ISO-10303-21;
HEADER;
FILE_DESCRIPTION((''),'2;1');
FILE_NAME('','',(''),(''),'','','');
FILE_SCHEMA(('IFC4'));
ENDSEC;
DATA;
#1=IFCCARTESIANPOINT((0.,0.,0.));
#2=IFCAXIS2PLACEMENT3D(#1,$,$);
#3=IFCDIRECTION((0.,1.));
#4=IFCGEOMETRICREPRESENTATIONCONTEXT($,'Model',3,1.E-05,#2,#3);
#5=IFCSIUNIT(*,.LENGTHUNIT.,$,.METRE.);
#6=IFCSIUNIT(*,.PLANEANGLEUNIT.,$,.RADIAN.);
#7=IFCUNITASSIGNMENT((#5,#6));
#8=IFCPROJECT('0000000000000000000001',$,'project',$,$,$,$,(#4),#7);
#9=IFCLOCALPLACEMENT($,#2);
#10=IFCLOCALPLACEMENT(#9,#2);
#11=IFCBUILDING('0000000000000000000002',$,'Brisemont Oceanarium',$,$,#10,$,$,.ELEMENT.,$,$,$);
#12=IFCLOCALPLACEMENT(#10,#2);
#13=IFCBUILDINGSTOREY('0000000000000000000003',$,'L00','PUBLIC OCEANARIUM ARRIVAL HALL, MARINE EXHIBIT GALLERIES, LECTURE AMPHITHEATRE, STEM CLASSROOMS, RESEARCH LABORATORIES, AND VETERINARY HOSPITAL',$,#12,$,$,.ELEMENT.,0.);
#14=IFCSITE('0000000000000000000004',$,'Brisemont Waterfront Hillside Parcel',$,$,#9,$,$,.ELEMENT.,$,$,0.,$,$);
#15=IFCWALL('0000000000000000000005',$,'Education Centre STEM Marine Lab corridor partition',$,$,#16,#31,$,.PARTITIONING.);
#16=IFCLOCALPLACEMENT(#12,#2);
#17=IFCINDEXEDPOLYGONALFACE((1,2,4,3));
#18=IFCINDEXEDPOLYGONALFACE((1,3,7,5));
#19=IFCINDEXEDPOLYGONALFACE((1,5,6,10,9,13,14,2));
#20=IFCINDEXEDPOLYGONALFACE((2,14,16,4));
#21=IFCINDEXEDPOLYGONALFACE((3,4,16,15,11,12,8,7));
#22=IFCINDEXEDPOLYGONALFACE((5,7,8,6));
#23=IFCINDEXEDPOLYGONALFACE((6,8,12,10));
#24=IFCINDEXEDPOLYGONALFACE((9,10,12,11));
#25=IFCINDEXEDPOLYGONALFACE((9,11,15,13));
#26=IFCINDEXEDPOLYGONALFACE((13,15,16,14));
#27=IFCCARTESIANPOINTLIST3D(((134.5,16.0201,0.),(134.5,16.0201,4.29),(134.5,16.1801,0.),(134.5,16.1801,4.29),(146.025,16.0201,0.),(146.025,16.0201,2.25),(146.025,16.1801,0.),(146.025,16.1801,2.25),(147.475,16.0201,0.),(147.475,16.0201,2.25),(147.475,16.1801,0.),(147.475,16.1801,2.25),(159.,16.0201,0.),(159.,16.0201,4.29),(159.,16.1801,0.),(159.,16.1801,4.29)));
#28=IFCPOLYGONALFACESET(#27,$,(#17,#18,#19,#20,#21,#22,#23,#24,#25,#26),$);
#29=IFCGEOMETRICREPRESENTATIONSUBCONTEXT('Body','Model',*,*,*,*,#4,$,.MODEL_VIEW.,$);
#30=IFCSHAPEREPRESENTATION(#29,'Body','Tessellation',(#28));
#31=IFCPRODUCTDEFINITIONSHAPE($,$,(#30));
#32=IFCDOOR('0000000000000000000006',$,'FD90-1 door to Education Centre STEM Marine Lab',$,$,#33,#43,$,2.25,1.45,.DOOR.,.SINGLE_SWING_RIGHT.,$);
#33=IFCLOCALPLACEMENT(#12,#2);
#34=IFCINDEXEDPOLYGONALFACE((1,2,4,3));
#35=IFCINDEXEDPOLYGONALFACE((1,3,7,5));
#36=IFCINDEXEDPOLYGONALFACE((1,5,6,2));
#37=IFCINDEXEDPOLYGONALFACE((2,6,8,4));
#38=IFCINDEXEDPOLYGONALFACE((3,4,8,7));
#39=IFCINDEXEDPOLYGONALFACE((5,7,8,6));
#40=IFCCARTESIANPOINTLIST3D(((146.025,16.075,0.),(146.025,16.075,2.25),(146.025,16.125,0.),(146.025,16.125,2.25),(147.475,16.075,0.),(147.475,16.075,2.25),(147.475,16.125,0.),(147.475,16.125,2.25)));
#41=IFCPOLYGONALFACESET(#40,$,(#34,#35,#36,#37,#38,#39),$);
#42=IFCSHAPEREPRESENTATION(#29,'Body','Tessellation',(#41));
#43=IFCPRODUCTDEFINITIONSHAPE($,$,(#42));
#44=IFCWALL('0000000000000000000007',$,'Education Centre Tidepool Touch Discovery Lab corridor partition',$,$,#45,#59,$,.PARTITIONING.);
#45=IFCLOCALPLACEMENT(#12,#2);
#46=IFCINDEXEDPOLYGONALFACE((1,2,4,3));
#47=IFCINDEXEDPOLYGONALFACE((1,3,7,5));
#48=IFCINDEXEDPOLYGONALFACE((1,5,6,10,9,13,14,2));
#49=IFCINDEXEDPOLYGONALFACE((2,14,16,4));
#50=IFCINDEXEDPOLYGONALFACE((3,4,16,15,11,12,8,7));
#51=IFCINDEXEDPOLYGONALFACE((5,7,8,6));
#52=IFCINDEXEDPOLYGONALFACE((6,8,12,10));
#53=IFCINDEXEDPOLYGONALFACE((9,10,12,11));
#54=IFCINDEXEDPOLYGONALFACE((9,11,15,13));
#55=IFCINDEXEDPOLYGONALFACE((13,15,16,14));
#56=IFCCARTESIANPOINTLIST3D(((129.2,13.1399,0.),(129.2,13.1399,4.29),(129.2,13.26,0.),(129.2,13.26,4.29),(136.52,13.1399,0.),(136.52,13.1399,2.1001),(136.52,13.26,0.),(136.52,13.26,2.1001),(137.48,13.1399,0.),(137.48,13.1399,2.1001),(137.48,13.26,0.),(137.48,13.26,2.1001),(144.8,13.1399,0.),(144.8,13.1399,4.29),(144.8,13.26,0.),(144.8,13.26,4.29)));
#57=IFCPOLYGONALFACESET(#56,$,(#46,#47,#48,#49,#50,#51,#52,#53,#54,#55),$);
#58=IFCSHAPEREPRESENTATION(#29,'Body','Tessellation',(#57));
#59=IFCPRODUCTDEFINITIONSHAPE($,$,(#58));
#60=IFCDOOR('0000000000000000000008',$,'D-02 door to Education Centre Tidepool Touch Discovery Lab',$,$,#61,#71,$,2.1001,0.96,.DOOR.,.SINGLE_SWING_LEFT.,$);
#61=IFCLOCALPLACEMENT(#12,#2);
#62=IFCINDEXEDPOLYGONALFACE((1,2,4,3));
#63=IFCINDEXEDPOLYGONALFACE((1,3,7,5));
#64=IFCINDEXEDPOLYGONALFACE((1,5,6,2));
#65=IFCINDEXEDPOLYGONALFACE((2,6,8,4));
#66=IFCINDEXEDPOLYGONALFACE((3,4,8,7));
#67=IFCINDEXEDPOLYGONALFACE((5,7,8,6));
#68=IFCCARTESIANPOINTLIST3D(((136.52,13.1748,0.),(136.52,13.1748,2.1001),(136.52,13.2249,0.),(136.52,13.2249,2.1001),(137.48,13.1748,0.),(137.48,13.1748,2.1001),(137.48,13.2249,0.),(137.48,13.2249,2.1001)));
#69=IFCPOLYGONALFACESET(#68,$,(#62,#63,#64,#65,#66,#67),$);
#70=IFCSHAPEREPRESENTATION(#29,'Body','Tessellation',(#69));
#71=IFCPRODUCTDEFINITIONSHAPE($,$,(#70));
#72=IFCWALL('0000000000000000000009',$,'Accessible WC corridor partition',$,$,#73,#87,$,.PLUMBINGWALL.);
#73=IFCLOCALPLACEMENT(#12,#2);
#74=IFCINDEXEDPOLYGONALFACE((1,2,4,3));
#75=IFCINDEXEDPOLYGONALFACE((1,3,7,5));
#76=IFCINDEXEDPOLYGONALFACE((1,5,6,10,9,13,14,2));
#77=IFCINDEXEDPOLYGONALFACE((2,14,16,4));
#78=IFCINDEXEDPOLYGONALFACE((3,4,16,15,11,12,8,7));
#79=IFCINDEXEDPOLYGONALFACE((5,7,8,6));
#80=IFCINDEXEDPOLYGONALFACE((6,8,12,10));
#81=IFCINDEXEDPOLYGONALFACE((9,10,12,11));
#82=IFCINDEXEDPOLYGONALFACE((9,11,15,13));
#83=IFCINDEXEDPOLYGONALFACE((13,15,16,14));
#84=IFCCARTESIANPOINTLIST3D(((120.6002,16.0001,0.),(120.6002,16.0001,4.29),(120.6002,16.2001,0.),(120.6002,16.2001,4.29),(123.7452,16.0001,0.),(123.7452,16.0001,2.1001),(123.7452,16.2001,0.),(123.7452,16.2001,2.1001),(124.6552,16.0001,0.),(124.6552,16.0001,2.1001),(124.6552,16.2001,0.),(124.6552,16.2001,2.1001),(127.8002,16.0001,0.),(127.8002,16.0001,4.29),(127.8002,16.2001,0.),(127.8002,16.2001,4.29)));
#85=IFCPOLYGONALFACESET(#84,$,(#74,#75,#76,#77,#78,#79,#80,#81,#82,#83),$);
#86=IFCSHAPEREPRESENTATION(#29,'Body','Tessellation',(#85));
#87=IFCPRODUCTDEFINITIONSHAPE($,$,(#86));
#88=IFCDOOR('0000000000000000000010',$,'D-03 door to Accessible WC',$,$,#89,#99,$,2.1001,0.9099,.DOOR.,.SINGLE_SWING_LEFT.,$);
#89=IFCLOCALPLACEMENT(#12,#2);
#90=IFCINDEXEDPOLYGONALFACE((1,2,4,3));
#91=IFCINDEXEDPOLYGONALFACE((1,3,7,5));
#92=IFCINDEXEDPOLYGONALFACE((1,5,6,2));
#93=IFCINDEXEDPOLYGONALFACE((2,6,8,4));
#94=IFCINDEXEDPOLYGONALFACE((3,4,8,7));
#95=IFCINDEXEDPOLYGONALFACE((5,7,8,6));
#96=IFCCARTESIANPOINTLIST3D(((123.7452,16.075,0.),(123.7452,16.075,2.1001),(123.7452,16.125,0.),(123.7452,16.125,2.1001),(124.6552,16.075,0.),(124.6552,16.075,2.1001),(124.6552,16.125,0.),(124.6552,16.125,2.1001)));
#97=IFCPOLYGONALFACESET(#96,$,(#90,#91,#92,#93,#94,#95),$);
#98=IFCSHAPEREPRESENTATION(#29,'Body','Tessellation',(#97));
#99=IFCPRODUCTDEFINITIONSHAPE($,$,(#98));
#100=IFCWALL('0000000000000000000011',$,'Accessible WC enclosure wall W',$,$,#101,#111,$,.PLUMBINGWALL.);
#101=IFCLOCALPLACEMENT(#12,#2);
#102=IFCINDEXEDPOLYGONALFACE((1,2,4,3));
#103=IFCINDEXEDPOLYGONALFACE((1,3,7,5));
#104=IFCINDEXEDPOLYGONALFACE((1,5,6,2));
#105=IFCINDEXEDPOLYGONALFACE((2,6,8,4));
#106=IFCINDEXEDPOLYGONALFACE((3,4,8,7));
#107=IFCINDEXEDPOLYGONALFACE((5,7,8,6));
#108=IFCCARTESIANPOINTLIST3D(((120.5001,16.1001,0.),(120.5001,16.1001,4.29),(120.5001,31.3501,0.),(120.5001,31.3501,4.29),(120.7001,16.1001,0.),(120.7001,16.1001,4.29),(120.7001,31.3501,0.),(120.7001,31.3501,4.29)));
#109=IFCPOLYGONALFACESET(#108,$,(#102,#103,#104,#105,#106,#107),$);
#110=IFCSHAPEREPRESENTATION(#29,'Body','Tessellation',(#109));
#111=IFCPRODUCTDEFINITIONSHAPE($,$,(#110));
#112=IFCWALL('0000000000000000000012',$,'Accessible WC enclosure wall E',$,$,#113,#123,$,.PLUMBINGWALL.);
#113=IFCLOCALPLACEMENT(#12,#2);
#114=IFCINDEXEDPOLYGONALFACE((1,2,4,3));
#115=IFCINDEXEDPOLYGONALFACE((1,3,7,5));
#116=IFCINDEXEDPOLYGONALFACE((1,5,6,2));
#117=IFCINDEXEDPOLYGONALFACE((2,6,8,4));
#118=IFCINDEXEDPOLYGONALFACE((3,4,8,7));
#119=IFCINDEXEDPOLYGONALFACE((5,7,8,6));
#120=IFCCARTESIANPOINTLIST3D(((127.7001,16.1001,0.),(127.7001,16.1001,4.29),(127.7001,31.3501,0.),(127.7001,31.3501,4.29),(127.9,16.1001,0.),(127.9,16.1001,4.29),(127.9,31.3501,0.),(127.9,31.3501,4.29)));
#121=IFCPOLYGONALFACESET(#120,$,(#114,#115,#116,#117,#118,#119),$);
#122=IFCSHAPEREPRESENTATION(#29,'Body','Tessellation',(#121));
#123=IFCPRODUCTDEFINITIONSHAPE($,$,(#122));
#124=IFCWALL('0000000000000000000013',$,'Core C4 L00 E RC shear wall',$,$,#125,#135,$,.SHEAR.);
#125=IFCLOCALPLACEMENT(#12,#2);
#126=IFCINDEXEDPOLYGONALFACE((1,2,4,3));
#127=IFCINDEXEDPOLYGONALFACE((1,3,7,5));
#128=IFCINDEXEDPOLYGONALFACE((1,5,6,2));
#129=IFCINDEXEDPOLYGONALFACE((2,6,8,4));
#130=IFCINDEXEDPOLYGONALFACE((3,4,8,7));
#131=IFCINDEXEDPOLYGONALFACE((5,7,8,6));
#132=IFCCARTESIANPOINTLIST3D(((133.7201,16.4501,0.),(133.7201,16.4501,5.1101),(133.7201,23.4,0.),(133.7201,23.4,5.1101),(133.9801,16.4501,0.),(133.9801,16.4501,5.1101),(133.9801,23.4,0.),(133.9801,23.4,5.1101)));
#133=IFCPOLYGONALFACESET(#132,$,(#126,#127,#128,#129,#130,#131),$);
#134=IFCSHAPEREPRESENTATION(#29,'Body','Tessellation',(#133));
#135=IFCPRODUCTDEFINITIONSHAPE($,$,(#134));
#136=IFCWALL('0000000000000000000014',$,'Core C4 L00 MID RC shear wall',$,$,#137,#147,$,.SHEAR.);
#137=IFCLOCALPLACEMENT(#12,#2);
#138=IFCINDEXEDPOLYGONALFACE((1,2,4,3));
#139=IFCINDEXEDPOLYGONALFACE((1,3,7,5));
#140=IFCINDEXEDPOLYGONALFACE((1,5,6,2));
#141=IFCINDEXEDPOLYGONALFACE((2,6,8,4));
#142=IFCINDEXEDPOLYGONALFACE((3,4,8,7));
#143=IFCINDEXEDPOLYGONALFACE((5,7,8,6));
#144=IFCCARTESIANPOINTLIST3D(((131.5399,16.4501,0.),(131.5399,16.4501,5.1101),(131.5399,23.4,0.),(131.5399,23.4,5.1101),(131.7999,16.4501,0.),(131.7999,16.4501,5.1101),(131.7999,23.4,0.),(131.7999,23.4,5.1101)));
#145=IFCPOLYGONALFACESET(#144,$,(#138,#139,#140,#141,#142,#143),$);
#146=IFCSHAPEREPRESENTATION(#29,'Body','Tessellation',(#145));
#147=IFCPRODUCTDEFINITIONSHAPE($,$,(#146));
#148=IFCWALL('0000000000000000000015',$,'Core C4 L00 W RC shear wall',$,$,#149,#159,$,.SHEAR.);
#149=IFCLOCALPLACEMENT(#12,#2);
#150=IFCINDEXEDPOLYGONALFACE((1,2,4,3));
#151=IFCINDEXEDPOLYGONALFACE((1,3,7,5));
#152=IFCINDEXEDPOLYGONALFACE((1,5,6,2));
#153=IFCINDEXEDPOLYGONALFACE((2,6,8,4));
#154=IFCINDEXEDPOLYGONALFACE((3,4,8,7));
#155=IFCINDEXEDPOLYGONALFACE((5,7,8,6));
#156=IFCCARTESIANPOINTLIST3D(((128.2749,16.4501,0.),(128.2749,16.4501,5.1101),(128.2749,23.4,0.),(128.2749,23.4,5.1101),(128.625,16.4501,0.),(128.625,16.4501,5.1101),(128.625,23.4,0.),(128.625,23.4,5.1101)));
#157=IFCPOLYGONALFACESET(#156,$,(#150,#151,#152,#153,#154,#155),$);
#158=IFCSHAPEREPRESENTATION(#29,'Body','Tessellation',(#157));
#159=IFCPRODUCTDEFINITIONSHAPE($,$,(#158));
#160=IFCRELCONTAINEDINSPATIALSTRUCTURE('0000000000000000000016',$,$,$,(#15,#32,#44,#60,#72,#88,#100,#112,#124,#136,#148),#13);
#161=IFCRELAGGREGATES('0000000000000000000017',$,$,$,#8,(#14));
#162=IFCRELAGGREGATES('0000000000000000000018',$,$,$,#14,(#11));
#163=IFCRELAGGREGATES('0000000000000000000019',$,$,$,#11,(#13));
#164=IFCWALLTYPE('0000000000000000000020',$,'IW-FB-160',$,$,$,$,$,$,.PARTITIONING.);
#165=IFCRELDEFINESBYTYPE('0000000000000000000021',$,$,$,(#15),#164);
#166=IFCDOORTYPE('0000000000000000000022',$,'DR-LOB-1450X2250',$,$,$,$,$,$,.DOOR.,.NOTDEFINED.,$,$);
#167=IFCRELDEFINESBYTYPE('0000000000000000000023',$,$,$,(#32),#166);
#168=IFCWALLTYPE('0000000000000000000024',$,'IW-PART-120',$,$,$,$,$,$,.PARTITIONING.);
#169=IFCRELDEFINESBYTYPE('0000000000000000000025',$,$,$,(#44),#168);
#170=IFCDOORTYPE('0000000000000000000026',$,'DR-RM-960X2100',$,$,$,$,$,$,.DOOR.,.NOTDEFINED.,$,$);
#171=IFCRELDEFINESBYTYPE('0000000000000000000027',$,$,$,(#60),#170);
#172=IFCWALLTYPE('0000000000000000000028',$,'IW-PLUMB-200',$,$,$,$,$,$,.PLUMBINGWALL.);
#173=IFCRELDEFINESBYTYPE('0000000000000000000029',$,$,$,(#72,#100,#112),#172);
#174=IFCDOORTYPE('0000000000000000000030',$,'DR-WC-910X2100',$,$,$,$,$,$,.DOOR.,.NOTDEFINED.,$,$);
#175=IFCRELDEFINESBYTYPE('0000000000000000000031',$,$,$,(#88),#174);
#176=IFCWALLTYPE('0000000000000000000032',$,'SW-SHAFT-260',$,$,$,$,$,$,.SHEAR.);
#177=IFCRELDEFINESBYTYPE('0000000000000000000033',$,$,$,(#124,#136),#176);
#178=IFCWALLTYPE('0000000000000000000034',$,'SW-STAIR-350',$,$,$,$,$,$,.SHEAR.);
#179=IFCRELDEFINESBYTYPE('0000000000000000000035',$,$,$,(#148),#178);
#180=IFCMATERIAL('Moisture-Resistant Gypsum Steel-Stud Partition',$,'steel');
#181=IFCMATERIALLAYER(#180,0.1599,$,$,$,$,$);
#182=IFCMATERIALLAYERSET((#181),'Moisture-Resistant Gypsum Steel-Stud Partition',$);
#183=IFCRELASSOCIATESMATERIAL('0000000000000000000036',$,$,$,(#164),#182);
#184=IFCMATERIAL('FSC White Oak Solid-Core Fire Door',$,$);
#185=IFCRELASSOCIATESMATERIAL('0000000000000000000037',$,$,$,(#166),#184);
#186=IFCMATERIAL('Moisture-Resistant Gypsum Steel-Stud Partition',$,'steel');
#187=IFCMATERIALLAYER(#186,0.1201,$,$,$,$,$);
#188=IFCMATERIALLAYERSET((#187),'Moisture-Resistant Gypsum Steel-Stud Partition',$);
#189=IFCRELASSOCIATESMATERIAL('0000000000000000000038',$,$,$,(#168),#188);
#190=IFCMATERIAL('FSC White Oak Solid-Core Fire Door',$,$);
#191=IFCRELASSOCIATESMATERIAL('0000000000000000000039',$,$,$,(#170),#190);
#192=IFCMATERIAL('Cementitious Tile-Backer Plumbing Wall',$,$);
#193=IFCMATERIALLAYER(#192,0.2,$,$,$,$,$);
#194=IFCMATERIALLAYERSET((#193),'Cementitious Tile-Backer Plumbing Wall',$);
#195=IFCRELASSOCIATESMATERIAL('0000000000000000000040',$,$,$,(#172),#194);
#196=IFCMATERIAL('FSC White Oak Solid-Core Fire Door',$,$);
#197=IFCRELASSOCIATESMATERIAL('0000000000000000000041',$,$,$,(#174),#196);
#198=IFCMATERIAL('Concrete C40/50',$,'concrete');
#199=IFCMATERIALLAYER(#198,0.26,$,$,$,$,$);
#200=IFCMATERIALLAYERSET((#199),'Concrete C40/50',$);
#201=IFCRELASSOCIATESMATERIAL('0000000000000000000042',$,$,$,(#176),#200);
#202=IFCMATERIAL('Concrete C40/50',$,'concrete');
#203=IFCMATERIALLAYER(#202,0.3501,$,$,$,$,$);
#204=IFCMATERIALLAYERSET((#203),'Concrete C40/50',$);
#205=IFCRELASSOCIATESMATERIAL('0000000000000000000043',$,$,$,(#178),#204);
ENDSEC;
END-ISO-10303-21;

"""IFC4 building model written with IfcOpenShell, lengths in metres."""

from ifc_helpers import new_model, si_unit, direction, frame, frame_2d, origin, place, context, subcontext, project, spatial, rectangle, extrude, material, layer, layer_set, type_object, element, fill, save


model = new_model("IFC4")

# Units and contexts
model_context = context("Model", 3, precision=1e-05, world=origin(), true_north=direction((0.0, 1.0)))
body_context = subcontext(model_context, "Body", "Model", "MODEL_VIEW")
ifc_project = project(units=[si_unit("LENGTHUNIT", "METRE"), si_unit("PLANEANGLEUNIT", "RADIAN")], contexts=[model_context])

# Site, building, storey
site_placement = place(None, origin())
site = spatial("IfcSite", under=ifc_project, at=site_placement, Name="Brisemont Waterfront Hillside Parcel", CompositionType="ELEMENT", RefElevation=0.0)
building_placement = place(site_placement, origin())
building = spatial("IfcBuilding", under=site, at=building_placement, Name="Brisemont Oceanarium", CompositionType="ELEMENT")
storey_placement = place(building_placement, origin())
storey = spatial("IfcBuildingStorey", under=building, at=storey_placement, Name="L00", Description="PUBLIC OCEANARIUM ARRIVAL HALL, MARINE EXHIBIT GALLERIES, LECTURE AMPHITHEATRE, STEM CLASSROOMS, RESEARCH LABORATORIES, AND VETERINARY HOSPITAL", CompositionType="ELEMENT", Elevation=0.0)

# Walls, openings, doors
ifc_material_1 = material(Name="Moisture-Resistant Gypsum Steel-Stud Partition", Category="steel")
ifc_layer_1 = layer(ifc_material_1, 0.1599)
ifc_layer_set_1 = layer_set([ifc_layer_1], Name="Moisture-Resistant Gypsum Steel-Stud Partition")
wall_type_1 = type_object("IfcWallType", Name="IW-FB-160", PredefinedType="PARTITIONING", material=ifc_layer_set_1)
wall_1_placement = place(storey_placement, frame((134.5, 16.1001, 0.0), z_axis=(0.0, 0.0, 1.0), x_axis=(1.0, 0.0, 0.0)))
wall_1 = element("IfcWall", 1, at=wall_1_placement, inside=storey, type_object=wall_type_1, Name="Education Centre STEM Marine Lab corridor partition", PredefinedType="PARTITIONING", context=body_context, shape_type="SweptSolid", body=[
    extrude(rectangle(XDim=24.5, YDim=0.1599, at=frame_2d((12.25, 0.0))), origin(), (0.0, 0.0, 1.0), 4.29),
])
opening_1_placement = place(wall_1_placement, frame((11.5249, 0.0, 0.0)))
opening_1 = element("IfcOpeningElement", 2, at=opening_1_placement, cuts=wall_1, PredefinedType="OPENING", context=body_context, shape_type="SweptSolid", body=[
    extrude(rectangle(XDim=1.45, YDim=2.25, at=frame_2d((0.7251, 1.125))), frame((0.0, 0.0898, 0.0), z_axis=(0.0, -1.0, 0.0), x_axis=(1.0, 0.0, 0.0)), (0.0, 0.0, 1.0), 0.1799),
])
ifc_material_2 = material(Name="FSC White Oak Solid-Core Fire Door")
door_type_1 = type_object("IfcDoorType", Name="DR-LOB-1450X2250", OperationType="NOTDEFINED", PredefinedType="DOOR", material=ifc_material_2)
door_1_placement = place(opening_1_placement, origin())
door_1 = element("IfcDoor", 3, at=door_1_placement, inside=storey, type_object=door_type_1, Name="FD90-1 door to Education Centre STEM Marine Lab", OperationType="SINGLE_SWING_RIGHT", OverallHeight=2.25, OverallWidth=1.45, PredefinedType="DOOR", context=body_context, shape_type="SweptSolid", body=[
    extrude(rectangle(XDim=1.45, YDim=2.25, at=frame_2d((0.7251, 1.125))), frame((0.0, 0.0249, 0.0), z_axis=(0.0, -1.0, 0.0), x_axis=(1.0, 0.0, 0.0)), (0.0, 0.0, 1.0), 0.05),
])
fill(opening_1, door_1)
ifc_material_3 = material(Name="Moisture-Resistant Gypsum Steel-Stud Partition", Category="steel")
ifc_layer_2 = layer(ifc_material_3, 0.1201)
ifc_layer_set_2 = layer_set([ifc_layer_2], Name="Moisture-Resistant Gypsum Steel-Stud Partition")
wall_type_2 = type_object("IfcWallType", Name="IW-PART-120", PredefinedType="PARTITIONING", material=ifc_layer_set_2)
wall_2_placement = place(storey_placement, frame((129.2, 13.2, 0.0), z_axis=(0.0, 0.0, 1.0), x_axis=(1.0, 0.0, 0.0)))
wall_2 = element("IfcWall", 4, at=wall_2_placement, inside=storey, type_object=wall_type_2, Name="Education Centre Tidepool Touch Discovery Lab corridor partition", PredefinedType="PARTITIONING", context=body_context, shape_type="SweptSolid", body=[
    extrude(rectangle(XDim=15.6001, YDim=0.1201, at=frame_2d((7.8, 0.0))), origin(), (0.0, 0.0, 1.0), 4.29),
])
opening_2_placement = place(wall_2_placement, frame((7.3201, 0.0, 0.0)))
opening_2 = element("IfcOpeningElement", 5, at=opening_2_placement, cuts=wall_2, PredefinedType="OPENING", context=body_context, shape_type="SweptSolid", body=[
    extrude(rectangle(XDim=0.96, YDim=2.1001, at=frame_2d((0.48, 1.05))), frame((0.0, 0.0701, 0.0), z_axis=(0.0, -1.0, 0.0), x_axis=(1.0, 0.0, 0.0)), (0.0, 0.0, 1.0), 0.1401),
])
ifc_material_4 = material(Name="FSC White Oak Solid-Core Fire Door")
door_type_2 = type_object("IfcDoorType", Name="DR-RM-960X2100", OperationType="NOTDEFINED", PredefinedType="DOOR", material=ifc_material_4)
door_2_placement = place(opening_2_placement, origin())
door_2 = element("IfcDoor", 6, at=door_2_placement, inside=storey, type_object=door_type_2, Name="D-02 door to Education Centre Tidepool Touch Discovery Lab", OperationType="SINGLE_SWING_LEFT", OverallHeight=2.1001, OverallWidth=0.96, PredefinedType="DOOR", context=body_context, shape_type="SweptSolid", body=[
    extrude(rectangle(XDim=0.96, YDim=2.1001, at=frame_2d((0.48, 1.05))), frame((0.0, 0.0249, 0.0), z_axis=(0.0, -1.0, 0.0), x_axis=(1.0, 0.0, 0.0)), (0.0, 0.0, 1.0), 0.05),
])
fill(opening_2, door_2)
ifc_material_5 = material(Name="Cementitious Tile-Backer Plumbing Wall")
ifc_layer_3 = layer(ifc_material_5, 0.2)
ifc_layer_set_3 = layer_set([ifc_layer_3], Name="Cementitious Tile-Backer Plumbing Wall")
wall_type_3 = type_object("IfcWallType", Name="IW-PLUMB-200", PredefinedType="PLUMBINGWALL", material=ifc_layer_set_3)
wall_3_placement = place(storey_placement, frame((120.6001, 16.1001, 0.0), z_axis=(0.0, 0.0, 1.0), x_axis=(1.0, 0.0, 0.0)))
wall_3 = element("IfcWall", 7, at=wall_3_placement, inside=storey, type_object=wall_type_3, Name="Accessible WC corridor partition", PredefinedType="PLUMBINGWALL", context=body_context, shape_type="SweptSolid", body=[
    extrude(rectangle(XDim=7.2, YDim=0.2, at=frame_2d((3.6001, 0.0))), origin(), (0.0, 0.0, 1.0), 4.29),
])
opening_3_placement = place(wall_3_placement, frame((3.145, 0.0, 0.0)))
opening_3 = element("IfcOpeningElement", 8, at=opening_3_placement, cuts=wall_3, PredefinedType="OPENING", context=body_context, shape_type="SweptSolid", body=[
    extrude(rectangle(XDim=0.9099, YDim=2.1001, at=frame_2d((0.4551, 1.05))), frame((0.0, 0.1099, 0.0), z_axis=(0.0, -1.0, 0.0), x_axis=(1.0, 0.0, 0.0)), (0.0, 0.0, 1.0), 0.22),
])
ifc_material_6 = material(Name="FSC White Oak Solid-Core Fire Door")
door_type_3 = type_object("IfcDoorType", Name="DR-WC-910X2100", OperationType="NOTDEFINED", PredefinedType="DOOR", material=ifc_material_6)
door_3_placement = place(opening_3_placement, origin())
door_3 = element("IfcDoor", 9, at=door_3_placement, inside=storey, type_object=door_type_3, Name="D-03 door to Accessible WC", OperationType="SINGLE_SWING_LEFT", OverallHeight=2.1001, OverallWidth=0.9099, PredefinedType="DOOR", context=body_context, shape_type="SweptSolid", body=[
    extrude(rectangle(XDim=0.9099, YDim=2.1001, at=frame_2d((0.4551, 1.05))), frame((0.0, 0.0249, 0.0), z_axis=(0.0, -1.0, 0.0), x_axis=(1.0, 0.0, 0.0)), (0.0, 0.0, 1.0), 0.05),
])
fill(opening_3, door_3)

# Walls
for number, where, z_axis, x_axis, name in (
    (10, (120.6001, 16.1001, 0.0), (0.0, 0.0, 1.0), (0.0, 1.0, 0.0), "Accessible WC enclosure wall W"),
    (11, (127.8, 16.1001, 0.0), (0.0, 0.0, 1.0), (0.0, 1.0, 0.0), "Accessible WC enclosure wall E"),
):
    element("IfcWall", number, at=place(storey_placement, frame(where, z_axis=z_axis, x_axis=x_axis)), inside=storey, type_object=wall_type_3, Name=name, PredefinedType="PLUMBINGWALL", context=body_context, shape_type="SweptSolid", body=[
        extrude(rectangle(XDim=15.25, YDim=0.2, at=frame_2d((7.625, 0.0))), origin(), (0.0, 0.0, 1.0), 4.29),
    ])
ifc_material_7 = material(Name="Concrete C40/50", Category="concrete")
ifc_layer_4 = layer(ifc_material_7, 0.26)
ifc_layer_set_4 = layer_set([ifc_layer_4], Name="Concrete C40/50")
wall_type_4 = type_object("IfcWallType", Name="SW-SHAFT-260", PredefinedType="SHEAR", material=ifc_layer_set_4)
for number, where, z_axis, x_axis, name in (
    (12, (133.8501, 16.45, 0.0), (0.0, 0.0, 1.0), (0.0, 1.0, 0.0), "Core C4 L00 E RC shear wall"),
    (13, (131.6699, 16.45, 0.0), (0.0, 0.0, 1.0), (0.0, 1.0, 0.0), "Core C4 L00 MID RC shear wall"),
):
    element("IfcWall", number, at=place(storey_placement, frame(where, z_axis=z_axis, x_axis=x_axis)), inside=storey, type_object=wall_type_4, Name=name, PredefinedType="SHEAR", context=body_context, shape_type="SweptSolid", body=[
        extrude(rectangle(XDim=6.95, YDim=0.26, at=frame_2d((3.4751, 0.0))), origin(), (0.0, 0.0, 1.0), 5.1101),
    ])

# Shared definitions
ifc_material_8 = material(Name="Concrete C40/50", Category="concrete")
ifc_layer_5 = layer(ifc_material_8, 0.3501)
ifc_layer_set_5 = layer_set([ifc_layer_5], Name="Concrete C40/50")
wall_type_5 = type_object("IfcWallType", Name="SW-STAIR-350", PredefinedType="SHEAR", material=ifc_layer_set_5)

# Wall
wall_4_placement = place(storey_placement, frame((128.45, 16.45, 0.0), z_axis=(0.0, 0.0, 1.0), x_axis=(0.0, 1.0, 0.0)))
element("IfcWall", 14, at=wall_4_placement, inside=storey, type_object=wall_type_5, Name="Core C4 L00 W RC shear wall", PredefinedType="SHEAR", context=body_context, shape_type="SweptSolid", body=[
    extrude(rectangle(XDim=6.95, YDim=0.3501, at=frame_2d((3.4751, 0.0))), origin(), (0.0, 0.0, 1.0), 5.1101),
])

save(model, "model.ifc")
